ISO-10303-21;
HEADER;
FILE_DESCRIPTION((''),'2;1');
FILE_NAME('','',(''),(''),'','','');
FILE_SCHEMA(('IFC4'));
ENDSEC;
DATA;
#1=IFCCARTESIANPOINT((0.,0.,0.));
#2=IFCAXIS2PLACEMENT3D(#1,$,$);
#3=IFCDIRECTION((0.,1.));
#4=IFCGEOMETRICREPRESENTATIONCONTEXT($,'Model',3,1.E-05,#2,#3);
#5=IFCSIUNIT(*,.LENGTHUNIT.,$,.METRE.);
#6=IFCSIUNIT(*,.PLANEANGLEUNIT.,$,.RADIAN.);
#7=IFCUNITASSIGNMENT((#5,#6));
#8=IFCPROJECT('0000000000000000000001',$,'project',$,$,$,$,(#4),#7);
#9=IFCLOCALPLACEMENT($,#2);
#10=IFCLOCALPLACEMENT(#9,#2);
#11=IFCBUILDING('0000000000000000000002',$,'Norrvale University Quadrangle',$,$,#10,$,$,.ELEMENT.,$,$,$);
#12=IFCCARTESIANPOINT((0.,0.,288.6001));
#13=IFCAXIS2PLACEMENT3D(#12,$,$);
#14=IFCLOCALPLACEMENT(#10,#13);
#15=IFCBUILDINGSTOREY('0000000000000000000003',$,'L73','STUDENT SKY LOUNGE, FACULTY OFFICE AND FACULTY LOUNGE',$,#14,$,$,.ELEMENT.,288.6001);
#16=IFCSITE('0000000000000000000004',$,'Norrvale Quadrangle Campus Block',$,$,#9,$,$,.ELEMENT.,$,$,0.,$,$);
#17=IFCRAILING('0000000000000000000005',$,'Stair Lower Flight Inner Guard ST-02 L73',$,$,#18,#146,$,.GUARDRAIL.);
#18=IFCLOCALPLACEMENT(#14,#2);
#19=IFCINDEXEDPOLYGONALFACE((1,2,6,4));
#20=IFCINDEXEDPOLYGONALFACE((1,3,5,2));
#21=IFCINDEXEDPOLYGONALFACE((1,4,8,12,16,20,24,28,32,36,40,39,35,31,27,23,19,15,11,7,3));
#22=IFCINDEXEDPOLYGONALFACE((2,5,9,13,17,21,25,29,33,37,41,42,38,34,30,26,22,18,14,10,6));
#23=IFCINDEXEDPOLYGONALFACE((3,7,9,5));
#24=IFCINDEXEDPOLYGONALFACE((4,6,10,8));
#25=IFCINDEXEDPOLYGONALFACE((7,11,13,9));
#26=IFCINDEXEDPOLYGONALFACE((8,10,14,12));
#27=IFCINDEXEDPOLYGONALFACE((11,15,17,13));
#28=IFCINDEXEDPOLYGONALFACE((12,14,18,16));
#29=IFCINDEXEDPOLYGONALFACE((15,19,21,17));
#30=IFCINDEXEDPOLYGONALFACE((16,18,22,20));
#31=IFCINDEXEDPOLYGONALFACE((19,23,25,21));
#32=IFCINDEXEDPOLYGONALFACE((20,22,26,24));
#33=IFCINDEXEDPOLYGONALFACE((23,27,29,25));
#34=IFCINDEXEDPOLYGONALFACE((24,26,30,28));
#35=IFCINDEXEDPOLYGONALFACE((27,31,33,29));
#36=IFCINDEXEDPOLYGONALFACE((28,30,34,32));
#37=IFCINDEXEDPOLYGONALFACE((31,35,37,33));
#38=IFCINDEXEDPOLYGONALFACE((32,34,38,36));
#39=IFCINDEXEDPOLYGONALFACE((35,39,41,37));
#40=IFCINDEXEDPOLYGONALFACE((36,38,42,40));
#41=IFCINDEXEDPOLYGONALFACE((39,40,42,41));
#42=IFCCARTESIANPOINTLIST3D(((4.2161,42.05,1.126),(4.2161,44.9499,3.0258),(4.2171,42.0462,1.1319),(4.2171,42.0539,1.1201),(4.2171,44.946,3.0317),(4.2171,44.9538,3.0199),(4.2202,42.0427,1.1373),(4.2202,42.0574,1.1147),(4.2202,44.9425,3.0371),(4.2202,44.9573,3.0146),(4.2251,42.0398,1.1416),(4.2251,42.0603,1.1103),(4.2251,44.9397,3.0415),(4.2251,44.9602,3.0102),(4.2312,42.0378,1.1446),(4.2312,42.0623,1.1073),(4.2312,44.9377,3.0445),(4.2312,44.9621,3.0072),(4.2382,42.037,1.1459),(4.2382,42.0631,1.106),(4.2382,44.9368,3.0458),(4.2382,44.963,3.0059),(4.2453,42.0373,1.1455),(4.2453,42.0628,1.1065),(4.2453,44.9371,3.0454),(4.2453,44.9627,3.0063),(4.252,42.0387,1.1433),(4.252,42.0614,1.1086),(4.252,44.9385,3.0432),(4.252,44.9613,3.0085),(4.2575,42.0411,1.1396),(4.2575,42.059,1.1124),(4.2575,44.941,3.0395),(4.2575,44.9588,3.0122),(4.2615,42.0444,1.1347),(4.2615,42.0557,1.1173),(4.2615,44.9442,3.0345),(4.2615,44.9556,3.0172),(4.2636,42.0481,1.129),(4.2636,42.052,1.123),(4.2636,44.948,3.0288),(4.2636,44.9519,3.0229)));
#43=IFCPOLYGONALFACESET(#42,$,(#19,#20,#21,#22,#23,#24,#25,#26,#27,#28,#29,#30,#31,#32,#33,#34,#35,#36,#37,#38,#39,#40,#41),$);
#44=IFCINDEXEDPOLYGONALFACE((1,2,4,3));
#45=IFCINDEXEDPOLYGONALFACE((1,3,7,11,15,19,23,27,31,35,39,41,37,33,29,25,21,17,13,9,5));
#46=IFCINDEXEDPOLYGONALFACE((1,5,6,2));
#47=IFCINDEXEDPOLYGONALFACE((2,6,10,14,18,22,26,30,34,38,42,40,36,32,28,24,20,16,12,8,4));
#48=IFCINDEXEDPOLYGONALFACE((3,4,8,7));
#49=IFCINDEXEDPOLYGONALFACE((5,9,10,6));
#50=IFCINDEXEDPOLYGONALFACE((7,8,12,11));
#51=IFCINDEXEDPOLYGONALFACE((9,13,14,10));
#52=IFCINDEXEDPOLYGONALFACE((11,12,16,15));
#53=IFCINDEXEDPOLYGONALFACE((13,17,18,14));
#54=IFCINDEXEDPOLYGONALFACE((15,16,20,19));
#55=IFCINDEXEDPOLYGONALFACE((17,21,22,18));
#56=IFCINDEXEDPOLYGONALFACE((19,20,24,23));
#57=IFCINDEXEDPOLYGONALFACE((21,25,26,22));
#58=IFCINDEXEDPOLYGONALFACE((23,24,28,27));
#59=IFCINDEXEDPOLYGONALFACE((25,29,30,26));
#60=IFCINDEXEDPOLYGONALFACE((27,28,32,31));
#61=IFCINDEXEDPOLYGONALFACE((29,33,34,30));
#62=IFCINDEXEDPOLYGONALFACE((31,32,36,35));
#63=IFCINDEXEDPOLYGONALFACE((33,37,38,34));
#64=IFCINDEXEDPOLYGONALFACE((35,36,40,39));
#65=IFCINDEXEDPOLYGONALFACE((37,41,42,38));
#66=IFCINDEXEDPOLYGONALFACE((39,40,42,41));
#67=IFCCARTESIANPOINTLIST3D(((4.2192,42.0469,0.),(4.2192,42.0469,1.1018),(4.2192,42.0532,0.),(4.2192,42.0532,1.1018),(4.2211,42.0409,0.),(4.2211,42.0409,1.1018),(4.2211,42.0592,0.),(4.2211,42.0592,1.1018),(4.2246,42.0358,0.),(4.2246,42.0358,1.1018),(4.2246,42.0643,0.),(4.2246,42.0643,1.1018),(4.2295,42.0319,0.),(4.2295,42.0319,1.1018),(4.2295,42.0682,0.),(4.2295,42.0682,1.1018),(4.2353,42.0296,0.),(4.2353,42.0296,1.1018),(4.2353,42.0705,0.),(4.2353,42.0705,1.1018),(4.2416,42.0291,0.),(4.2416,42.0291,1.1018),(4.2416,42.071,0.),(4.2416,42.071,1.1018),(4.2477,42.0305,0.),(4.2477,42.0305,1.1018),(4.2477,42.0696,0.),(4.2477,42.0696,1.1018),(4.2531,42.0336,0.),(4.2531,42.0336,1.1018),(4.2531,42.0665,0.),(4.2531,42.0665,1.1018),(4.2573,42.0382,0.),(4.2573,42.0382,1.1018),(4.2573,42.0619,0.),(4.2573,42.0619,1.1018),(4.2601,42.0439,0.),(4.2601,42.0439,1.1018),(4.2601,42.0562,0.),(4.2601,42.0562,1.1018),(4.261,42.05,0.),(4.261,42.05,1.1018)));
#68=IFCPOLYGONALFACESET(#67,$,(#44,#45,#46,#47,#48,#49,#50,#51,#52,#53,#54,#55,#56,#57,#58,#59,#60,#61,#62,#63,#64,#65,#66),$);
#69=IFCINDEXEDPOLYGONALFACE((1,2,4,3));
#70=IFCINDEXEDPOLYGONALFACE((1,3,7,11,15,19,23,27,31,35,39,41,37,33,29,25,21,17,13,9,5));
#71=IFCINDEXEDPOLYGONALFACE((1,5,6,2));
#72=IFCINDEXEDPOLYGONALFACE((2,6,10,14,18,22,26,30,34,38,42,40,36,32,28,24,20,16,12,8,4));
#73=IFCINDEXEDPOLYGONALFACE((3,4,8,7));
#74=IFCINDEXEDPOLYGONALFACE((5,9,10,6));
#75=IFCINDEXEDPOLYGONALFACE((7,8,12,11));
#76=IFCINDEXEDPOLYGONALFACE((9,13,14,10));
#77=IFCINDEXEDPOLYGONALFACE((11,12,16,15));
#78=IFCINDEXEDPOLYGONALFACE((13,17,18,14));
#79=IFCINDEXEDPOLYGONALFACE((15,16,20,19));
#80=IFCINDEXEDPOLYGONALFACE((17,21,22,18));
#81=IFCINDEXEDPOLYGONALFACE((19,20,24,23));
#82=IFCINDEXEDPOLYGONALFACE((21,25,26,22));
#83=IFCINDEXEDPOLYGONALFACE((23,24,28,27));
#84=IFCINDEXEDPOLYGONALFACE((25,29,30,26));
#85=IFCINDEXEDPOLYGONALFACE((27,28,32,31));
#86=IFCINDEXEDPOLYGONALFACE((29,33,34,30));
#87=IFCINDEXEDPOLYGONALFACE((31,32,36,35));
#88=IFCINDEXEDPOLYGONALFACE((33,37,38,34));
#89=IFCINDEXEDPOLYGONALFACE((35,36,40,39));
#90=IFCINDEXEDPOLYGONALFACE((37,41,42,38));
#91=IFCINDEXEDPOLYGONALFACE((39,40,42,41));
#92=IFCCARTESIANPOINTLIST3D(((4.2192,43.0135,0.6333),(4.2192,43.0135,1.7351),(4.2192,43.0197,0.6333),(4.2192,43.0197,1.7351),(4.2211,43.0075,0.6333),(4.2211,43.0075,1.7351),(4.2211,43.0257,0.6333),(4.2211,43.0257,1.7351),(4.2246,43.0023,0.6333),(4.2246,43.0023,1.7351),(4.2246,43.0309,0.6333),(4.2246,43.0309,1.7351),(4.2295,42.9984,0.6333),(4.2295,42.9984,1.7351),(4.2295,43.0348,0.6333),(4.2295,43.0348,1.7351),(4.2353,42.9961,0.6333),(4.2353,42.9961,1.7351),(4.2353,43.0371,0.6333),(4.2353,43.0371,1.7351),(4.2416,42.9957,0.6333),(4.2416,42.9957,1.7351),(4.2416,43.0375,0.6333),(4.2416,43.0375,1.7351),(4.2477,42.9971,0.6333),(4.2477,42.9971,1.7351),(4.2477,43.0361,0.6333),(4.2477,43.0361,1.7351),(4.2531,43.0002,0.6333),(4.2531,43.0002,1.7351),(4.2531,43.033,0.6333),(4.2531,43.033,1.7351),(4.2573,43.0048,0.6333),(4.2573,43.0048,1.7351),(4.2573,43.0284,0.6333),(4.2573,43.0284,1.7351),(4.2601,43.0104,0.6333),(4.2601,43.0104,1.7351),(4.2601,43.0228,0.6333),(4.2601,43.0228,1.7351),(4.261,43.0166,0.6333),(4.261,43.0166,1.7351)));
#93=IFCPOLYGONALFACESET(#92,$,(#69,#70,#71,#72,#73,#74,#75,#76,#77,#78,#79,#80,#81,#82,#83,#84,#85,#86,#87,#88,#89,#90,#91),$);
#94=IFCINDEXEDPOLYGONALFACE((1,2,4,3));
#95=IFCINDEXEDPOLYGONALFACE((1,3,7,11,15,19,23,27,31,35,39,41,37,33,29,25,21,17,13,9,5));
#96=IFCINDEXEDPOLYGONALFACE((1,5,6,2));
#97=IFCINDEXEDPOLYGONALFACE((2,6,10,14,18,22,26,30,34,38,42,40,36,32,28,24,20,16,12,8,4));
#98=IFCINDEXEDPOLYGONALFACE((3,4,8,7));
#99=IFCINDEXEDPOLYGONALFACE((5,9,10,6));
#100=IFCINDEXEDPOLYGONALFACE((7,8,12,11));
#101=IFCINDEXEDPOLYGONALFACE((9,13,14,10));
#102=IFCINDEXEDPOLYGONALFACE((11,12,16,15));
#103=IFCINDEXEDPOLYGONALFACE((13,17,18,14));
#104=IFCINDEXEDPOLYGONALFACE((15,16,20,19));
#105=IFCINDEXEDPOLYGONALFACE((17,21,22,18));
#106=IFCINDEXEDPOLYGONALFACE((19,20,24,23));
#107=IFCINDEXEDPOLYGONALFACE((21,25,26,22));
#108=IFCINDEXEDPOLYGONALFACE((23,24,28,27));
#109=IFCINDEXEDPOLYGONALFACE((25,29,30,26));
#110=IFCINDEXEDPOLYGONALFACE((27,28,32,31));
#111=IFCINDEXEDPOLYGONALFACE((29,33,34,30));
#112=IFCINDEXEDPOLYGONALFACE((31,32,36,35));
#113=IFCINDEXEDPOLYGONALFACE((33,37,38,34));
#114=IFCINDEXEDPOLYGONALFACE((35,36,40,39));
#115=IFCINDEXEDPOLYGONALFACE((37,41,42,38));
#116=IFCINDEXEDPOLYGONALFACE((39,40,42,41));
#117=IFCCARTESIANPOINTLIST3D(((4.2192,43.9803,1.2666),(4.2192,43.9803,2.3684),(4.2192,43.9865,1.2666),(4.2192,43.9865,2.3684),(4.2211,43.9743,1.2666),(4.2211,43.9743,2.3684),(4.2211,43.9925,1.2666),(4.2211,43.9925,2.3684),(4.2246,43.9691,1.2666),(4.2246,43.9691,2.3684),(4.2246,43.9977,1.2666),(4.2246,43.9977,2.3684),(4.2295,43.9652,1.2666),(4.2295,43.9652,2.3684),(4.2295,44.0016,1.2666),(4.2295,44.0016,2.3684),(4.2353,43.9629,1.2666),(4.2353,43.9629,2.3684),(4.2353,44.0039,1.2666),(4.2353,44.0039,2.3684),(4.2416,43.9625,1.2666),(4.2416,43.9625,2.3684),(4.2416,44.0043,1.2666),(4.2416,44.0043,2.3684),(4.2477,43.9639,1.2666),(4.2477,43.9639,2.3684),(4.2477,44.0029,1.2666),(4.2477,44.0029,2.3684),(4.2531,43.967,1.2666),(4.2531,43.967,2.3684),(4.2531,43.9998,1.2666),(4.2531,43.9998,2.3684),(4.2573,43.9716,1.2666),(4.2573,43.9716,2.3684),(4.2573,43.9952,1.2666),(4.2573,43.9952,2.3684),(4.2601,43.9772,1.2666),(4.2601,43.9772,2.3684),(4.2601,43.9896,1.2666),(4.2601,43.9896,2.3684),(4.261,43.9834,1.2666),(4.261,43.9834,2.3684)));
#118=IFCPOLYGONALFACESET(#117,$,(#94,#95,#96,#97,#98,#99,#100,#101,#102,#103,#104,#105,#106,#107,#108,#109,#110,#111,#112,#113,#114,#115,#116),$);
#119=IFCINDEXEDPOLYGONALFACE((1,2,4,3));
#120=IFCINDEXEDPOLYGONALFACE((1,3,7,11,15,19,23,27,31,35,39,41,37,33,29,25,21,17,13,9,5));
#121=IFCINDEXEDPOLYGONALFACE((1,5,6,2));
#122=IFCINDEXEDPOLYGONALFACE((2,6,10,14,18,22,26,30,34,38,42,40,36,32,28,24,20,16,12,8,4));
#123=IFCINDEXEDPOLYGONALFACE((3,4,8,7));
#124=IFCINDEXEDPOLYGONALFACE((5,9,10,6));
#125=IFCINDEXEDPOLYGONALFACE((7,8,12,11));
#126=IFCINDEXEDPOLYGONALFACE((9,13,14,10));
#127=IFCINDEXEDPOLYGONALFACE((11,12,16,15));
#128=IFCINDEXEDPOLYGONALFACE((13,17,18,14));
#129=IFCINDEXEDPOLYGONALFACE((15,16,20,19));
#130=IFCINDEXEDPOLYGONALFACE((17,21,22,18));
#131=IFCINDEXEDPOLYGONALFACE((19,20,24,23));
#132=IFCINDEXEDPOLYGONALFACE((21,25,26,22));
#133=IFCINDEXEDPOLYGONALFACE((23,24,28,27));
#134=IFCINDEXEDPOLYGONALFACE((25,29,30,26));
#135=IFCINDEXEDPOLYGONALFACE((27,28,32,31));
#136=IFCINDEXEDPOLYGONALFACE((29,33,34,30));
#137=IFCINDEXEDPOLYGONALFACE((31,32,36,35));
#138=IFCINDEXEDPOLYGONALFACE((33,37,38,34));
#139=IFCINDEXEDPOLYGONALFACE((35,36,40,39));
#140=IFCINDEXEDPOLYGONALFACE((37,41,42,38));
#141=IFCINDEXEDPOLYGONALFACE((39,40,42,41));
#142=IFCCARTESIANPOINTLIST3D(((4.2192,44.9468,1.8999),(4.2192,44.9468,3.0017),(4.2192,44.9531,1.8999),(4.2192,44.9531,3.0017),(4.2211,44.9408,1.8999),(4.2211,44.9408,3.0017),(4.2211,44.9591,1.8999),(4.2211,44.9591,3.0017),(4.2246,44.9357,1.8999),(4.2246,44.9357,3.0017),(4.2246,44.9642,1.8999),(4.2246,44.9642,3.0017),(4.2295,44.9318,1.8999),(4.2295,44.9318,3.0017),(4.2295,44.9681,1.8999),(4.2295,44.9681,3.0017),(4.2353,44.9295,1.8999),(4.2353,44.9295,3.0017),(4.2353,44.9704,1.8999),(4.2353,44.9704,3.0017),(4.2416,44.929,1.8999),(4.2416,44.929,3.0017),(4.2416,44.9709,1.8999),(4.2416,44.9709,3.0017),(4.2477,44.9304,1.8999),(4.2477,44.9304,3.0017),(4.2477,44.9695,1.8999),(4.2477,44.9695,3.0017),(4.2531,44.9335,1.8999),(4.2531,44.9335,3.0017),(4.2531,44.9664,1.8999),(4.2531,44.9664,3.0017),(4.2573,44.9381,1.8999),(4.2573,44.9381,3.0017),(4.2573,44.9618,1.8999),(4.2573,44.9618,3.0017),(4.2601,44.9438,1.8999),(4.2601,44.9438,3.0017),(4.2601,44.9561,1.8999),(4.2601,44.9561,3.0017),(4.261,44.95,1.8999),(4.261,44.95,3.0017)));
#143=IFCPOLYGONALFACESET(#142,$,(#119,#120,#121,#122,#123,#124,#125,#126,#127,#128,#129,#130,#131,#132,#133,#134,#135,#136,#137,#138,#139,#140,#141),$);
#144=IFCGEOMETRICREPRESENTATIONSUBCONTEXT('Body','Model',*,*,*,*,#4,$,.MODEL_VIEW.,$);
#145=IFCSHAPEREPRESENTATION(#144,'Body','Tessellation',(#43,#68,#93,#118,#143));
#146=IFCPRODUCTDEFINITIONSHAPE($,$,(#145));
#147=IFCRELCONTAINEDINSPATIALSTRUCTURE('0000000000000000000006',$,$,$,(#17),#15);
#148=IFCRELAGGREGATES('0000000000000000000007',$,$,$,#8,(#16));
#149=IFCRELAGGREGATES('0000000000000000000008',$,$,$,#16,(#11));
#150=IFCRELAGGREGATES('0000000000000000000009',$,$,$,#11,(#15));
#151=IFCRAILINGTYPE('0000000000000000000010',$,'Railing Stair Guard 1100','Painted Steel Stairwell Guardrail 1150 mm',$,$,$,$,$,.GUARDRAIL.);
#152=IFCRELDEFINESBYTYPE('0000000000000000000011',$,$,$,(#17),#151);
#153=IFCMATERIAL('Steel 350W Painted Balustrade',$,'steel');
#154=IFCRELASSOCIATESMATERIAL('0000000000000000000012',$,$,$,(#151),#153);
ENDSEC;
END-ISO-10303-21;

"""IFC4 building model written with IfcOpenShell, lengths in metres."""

from ifc_helpers import new_model, si_unit, direction, frame, origin, origin_2d, place, context, subcontext, project, spatial, circle, extrude, material, type_object, element, save


model = new_model("IFC4")

# Units and contexts
model_context = context("Model", 3, precision=1e-05, world=origin(), true_north=direction((0.0, 1.0)))
body_context = subcontext(model_context, "Body", "Model", "MODEL_VIEW")
ifc_project = project(units=[si_unit("LENGTHUNIT", "METRE"), si_unit("PLANEANGLEUNIT", "RADIAN")], contexts=[model_context])

# Site, building, storey
site_placement = place(None, origin())
site = spatial("IfcSite", under=ifc_project, at=site_placement, Name="Norrvale Quadrangle Campus Block", CompositionType="ELEMENT", RefElevation=0.0)
building_placement = place(site_placement, origin())
building = spatial("IfcBuilding", under=site, at=building_placement, Name="Norrvale University Quadrangle", CompositionType="ELEMENT")
storey_placement = place(building_placement, frame((0.0, 0.0, 288.6001)))
storey = spatial("IfcBuildingStorey", under=building, at=storey_placement, Name="L73", Description="STUDENT SKY LOUNGE, FACULTY OFFICE AND FACULTY LOUNGE", CompositionType="ELEMENT", Elevation=288.6001)

# Railing
ifc_material_1 = material(Name="Steel 350W Painted Balustrade", Category="steel")
railing_type_1 = type_object("IfcRailingType", Name="Railing Stair Guard 1100", Description="Painted Steel Stairwell Guardrail 1150 mm", PredefinedType="GUARDRAIL", material=ifc_material_1)
railing_1_placement = place(storey_placement, frame((4.24, 42.05, 0.0)))
element("IfcRailing", 1, at=railing_1_placement, inside=storey, type_object=railing_type_1, Name="Stair Lower Flight Inner Guard ST-02 L73", PredefinedType="GUARDRAIL", context=body_context, shape_type="SweptSolid", body=[
    extrude(circle(Radius=0.0239, at=origin_2d()), frame((0.0, 0.0, 1.126), z_axis=(0.0, 0.836466, 0.548019), x_axis=(-1.0, 0.0, 0.0)), (0.0, 0.0, 1.0), 3.4668),
    extrude(circle(Radius=0.021, at=origin_2d()), origin(), (0.0, 0.0, 1.0), 1.1018),
    extrude(circle(Radius=0.021, at=origin_2d()), frame((0.0, 0.9666, 0.6333)), (0.0, 0.0, 1.0), 1.1018),
    extrude(circle(Radius=0.021, at=origin_2d()), frame((0.0, 1.9333, 1.2666)), (0.0, 0.0, 1.0), 1.1018),
    extrude(circle(Radius=0.021, at=origin_2d()), frame((0.0, 2.8999, 1.8999)), (0.0, 0.0, 1.0), 1.1018),
])

save(model, "model.ifc")
